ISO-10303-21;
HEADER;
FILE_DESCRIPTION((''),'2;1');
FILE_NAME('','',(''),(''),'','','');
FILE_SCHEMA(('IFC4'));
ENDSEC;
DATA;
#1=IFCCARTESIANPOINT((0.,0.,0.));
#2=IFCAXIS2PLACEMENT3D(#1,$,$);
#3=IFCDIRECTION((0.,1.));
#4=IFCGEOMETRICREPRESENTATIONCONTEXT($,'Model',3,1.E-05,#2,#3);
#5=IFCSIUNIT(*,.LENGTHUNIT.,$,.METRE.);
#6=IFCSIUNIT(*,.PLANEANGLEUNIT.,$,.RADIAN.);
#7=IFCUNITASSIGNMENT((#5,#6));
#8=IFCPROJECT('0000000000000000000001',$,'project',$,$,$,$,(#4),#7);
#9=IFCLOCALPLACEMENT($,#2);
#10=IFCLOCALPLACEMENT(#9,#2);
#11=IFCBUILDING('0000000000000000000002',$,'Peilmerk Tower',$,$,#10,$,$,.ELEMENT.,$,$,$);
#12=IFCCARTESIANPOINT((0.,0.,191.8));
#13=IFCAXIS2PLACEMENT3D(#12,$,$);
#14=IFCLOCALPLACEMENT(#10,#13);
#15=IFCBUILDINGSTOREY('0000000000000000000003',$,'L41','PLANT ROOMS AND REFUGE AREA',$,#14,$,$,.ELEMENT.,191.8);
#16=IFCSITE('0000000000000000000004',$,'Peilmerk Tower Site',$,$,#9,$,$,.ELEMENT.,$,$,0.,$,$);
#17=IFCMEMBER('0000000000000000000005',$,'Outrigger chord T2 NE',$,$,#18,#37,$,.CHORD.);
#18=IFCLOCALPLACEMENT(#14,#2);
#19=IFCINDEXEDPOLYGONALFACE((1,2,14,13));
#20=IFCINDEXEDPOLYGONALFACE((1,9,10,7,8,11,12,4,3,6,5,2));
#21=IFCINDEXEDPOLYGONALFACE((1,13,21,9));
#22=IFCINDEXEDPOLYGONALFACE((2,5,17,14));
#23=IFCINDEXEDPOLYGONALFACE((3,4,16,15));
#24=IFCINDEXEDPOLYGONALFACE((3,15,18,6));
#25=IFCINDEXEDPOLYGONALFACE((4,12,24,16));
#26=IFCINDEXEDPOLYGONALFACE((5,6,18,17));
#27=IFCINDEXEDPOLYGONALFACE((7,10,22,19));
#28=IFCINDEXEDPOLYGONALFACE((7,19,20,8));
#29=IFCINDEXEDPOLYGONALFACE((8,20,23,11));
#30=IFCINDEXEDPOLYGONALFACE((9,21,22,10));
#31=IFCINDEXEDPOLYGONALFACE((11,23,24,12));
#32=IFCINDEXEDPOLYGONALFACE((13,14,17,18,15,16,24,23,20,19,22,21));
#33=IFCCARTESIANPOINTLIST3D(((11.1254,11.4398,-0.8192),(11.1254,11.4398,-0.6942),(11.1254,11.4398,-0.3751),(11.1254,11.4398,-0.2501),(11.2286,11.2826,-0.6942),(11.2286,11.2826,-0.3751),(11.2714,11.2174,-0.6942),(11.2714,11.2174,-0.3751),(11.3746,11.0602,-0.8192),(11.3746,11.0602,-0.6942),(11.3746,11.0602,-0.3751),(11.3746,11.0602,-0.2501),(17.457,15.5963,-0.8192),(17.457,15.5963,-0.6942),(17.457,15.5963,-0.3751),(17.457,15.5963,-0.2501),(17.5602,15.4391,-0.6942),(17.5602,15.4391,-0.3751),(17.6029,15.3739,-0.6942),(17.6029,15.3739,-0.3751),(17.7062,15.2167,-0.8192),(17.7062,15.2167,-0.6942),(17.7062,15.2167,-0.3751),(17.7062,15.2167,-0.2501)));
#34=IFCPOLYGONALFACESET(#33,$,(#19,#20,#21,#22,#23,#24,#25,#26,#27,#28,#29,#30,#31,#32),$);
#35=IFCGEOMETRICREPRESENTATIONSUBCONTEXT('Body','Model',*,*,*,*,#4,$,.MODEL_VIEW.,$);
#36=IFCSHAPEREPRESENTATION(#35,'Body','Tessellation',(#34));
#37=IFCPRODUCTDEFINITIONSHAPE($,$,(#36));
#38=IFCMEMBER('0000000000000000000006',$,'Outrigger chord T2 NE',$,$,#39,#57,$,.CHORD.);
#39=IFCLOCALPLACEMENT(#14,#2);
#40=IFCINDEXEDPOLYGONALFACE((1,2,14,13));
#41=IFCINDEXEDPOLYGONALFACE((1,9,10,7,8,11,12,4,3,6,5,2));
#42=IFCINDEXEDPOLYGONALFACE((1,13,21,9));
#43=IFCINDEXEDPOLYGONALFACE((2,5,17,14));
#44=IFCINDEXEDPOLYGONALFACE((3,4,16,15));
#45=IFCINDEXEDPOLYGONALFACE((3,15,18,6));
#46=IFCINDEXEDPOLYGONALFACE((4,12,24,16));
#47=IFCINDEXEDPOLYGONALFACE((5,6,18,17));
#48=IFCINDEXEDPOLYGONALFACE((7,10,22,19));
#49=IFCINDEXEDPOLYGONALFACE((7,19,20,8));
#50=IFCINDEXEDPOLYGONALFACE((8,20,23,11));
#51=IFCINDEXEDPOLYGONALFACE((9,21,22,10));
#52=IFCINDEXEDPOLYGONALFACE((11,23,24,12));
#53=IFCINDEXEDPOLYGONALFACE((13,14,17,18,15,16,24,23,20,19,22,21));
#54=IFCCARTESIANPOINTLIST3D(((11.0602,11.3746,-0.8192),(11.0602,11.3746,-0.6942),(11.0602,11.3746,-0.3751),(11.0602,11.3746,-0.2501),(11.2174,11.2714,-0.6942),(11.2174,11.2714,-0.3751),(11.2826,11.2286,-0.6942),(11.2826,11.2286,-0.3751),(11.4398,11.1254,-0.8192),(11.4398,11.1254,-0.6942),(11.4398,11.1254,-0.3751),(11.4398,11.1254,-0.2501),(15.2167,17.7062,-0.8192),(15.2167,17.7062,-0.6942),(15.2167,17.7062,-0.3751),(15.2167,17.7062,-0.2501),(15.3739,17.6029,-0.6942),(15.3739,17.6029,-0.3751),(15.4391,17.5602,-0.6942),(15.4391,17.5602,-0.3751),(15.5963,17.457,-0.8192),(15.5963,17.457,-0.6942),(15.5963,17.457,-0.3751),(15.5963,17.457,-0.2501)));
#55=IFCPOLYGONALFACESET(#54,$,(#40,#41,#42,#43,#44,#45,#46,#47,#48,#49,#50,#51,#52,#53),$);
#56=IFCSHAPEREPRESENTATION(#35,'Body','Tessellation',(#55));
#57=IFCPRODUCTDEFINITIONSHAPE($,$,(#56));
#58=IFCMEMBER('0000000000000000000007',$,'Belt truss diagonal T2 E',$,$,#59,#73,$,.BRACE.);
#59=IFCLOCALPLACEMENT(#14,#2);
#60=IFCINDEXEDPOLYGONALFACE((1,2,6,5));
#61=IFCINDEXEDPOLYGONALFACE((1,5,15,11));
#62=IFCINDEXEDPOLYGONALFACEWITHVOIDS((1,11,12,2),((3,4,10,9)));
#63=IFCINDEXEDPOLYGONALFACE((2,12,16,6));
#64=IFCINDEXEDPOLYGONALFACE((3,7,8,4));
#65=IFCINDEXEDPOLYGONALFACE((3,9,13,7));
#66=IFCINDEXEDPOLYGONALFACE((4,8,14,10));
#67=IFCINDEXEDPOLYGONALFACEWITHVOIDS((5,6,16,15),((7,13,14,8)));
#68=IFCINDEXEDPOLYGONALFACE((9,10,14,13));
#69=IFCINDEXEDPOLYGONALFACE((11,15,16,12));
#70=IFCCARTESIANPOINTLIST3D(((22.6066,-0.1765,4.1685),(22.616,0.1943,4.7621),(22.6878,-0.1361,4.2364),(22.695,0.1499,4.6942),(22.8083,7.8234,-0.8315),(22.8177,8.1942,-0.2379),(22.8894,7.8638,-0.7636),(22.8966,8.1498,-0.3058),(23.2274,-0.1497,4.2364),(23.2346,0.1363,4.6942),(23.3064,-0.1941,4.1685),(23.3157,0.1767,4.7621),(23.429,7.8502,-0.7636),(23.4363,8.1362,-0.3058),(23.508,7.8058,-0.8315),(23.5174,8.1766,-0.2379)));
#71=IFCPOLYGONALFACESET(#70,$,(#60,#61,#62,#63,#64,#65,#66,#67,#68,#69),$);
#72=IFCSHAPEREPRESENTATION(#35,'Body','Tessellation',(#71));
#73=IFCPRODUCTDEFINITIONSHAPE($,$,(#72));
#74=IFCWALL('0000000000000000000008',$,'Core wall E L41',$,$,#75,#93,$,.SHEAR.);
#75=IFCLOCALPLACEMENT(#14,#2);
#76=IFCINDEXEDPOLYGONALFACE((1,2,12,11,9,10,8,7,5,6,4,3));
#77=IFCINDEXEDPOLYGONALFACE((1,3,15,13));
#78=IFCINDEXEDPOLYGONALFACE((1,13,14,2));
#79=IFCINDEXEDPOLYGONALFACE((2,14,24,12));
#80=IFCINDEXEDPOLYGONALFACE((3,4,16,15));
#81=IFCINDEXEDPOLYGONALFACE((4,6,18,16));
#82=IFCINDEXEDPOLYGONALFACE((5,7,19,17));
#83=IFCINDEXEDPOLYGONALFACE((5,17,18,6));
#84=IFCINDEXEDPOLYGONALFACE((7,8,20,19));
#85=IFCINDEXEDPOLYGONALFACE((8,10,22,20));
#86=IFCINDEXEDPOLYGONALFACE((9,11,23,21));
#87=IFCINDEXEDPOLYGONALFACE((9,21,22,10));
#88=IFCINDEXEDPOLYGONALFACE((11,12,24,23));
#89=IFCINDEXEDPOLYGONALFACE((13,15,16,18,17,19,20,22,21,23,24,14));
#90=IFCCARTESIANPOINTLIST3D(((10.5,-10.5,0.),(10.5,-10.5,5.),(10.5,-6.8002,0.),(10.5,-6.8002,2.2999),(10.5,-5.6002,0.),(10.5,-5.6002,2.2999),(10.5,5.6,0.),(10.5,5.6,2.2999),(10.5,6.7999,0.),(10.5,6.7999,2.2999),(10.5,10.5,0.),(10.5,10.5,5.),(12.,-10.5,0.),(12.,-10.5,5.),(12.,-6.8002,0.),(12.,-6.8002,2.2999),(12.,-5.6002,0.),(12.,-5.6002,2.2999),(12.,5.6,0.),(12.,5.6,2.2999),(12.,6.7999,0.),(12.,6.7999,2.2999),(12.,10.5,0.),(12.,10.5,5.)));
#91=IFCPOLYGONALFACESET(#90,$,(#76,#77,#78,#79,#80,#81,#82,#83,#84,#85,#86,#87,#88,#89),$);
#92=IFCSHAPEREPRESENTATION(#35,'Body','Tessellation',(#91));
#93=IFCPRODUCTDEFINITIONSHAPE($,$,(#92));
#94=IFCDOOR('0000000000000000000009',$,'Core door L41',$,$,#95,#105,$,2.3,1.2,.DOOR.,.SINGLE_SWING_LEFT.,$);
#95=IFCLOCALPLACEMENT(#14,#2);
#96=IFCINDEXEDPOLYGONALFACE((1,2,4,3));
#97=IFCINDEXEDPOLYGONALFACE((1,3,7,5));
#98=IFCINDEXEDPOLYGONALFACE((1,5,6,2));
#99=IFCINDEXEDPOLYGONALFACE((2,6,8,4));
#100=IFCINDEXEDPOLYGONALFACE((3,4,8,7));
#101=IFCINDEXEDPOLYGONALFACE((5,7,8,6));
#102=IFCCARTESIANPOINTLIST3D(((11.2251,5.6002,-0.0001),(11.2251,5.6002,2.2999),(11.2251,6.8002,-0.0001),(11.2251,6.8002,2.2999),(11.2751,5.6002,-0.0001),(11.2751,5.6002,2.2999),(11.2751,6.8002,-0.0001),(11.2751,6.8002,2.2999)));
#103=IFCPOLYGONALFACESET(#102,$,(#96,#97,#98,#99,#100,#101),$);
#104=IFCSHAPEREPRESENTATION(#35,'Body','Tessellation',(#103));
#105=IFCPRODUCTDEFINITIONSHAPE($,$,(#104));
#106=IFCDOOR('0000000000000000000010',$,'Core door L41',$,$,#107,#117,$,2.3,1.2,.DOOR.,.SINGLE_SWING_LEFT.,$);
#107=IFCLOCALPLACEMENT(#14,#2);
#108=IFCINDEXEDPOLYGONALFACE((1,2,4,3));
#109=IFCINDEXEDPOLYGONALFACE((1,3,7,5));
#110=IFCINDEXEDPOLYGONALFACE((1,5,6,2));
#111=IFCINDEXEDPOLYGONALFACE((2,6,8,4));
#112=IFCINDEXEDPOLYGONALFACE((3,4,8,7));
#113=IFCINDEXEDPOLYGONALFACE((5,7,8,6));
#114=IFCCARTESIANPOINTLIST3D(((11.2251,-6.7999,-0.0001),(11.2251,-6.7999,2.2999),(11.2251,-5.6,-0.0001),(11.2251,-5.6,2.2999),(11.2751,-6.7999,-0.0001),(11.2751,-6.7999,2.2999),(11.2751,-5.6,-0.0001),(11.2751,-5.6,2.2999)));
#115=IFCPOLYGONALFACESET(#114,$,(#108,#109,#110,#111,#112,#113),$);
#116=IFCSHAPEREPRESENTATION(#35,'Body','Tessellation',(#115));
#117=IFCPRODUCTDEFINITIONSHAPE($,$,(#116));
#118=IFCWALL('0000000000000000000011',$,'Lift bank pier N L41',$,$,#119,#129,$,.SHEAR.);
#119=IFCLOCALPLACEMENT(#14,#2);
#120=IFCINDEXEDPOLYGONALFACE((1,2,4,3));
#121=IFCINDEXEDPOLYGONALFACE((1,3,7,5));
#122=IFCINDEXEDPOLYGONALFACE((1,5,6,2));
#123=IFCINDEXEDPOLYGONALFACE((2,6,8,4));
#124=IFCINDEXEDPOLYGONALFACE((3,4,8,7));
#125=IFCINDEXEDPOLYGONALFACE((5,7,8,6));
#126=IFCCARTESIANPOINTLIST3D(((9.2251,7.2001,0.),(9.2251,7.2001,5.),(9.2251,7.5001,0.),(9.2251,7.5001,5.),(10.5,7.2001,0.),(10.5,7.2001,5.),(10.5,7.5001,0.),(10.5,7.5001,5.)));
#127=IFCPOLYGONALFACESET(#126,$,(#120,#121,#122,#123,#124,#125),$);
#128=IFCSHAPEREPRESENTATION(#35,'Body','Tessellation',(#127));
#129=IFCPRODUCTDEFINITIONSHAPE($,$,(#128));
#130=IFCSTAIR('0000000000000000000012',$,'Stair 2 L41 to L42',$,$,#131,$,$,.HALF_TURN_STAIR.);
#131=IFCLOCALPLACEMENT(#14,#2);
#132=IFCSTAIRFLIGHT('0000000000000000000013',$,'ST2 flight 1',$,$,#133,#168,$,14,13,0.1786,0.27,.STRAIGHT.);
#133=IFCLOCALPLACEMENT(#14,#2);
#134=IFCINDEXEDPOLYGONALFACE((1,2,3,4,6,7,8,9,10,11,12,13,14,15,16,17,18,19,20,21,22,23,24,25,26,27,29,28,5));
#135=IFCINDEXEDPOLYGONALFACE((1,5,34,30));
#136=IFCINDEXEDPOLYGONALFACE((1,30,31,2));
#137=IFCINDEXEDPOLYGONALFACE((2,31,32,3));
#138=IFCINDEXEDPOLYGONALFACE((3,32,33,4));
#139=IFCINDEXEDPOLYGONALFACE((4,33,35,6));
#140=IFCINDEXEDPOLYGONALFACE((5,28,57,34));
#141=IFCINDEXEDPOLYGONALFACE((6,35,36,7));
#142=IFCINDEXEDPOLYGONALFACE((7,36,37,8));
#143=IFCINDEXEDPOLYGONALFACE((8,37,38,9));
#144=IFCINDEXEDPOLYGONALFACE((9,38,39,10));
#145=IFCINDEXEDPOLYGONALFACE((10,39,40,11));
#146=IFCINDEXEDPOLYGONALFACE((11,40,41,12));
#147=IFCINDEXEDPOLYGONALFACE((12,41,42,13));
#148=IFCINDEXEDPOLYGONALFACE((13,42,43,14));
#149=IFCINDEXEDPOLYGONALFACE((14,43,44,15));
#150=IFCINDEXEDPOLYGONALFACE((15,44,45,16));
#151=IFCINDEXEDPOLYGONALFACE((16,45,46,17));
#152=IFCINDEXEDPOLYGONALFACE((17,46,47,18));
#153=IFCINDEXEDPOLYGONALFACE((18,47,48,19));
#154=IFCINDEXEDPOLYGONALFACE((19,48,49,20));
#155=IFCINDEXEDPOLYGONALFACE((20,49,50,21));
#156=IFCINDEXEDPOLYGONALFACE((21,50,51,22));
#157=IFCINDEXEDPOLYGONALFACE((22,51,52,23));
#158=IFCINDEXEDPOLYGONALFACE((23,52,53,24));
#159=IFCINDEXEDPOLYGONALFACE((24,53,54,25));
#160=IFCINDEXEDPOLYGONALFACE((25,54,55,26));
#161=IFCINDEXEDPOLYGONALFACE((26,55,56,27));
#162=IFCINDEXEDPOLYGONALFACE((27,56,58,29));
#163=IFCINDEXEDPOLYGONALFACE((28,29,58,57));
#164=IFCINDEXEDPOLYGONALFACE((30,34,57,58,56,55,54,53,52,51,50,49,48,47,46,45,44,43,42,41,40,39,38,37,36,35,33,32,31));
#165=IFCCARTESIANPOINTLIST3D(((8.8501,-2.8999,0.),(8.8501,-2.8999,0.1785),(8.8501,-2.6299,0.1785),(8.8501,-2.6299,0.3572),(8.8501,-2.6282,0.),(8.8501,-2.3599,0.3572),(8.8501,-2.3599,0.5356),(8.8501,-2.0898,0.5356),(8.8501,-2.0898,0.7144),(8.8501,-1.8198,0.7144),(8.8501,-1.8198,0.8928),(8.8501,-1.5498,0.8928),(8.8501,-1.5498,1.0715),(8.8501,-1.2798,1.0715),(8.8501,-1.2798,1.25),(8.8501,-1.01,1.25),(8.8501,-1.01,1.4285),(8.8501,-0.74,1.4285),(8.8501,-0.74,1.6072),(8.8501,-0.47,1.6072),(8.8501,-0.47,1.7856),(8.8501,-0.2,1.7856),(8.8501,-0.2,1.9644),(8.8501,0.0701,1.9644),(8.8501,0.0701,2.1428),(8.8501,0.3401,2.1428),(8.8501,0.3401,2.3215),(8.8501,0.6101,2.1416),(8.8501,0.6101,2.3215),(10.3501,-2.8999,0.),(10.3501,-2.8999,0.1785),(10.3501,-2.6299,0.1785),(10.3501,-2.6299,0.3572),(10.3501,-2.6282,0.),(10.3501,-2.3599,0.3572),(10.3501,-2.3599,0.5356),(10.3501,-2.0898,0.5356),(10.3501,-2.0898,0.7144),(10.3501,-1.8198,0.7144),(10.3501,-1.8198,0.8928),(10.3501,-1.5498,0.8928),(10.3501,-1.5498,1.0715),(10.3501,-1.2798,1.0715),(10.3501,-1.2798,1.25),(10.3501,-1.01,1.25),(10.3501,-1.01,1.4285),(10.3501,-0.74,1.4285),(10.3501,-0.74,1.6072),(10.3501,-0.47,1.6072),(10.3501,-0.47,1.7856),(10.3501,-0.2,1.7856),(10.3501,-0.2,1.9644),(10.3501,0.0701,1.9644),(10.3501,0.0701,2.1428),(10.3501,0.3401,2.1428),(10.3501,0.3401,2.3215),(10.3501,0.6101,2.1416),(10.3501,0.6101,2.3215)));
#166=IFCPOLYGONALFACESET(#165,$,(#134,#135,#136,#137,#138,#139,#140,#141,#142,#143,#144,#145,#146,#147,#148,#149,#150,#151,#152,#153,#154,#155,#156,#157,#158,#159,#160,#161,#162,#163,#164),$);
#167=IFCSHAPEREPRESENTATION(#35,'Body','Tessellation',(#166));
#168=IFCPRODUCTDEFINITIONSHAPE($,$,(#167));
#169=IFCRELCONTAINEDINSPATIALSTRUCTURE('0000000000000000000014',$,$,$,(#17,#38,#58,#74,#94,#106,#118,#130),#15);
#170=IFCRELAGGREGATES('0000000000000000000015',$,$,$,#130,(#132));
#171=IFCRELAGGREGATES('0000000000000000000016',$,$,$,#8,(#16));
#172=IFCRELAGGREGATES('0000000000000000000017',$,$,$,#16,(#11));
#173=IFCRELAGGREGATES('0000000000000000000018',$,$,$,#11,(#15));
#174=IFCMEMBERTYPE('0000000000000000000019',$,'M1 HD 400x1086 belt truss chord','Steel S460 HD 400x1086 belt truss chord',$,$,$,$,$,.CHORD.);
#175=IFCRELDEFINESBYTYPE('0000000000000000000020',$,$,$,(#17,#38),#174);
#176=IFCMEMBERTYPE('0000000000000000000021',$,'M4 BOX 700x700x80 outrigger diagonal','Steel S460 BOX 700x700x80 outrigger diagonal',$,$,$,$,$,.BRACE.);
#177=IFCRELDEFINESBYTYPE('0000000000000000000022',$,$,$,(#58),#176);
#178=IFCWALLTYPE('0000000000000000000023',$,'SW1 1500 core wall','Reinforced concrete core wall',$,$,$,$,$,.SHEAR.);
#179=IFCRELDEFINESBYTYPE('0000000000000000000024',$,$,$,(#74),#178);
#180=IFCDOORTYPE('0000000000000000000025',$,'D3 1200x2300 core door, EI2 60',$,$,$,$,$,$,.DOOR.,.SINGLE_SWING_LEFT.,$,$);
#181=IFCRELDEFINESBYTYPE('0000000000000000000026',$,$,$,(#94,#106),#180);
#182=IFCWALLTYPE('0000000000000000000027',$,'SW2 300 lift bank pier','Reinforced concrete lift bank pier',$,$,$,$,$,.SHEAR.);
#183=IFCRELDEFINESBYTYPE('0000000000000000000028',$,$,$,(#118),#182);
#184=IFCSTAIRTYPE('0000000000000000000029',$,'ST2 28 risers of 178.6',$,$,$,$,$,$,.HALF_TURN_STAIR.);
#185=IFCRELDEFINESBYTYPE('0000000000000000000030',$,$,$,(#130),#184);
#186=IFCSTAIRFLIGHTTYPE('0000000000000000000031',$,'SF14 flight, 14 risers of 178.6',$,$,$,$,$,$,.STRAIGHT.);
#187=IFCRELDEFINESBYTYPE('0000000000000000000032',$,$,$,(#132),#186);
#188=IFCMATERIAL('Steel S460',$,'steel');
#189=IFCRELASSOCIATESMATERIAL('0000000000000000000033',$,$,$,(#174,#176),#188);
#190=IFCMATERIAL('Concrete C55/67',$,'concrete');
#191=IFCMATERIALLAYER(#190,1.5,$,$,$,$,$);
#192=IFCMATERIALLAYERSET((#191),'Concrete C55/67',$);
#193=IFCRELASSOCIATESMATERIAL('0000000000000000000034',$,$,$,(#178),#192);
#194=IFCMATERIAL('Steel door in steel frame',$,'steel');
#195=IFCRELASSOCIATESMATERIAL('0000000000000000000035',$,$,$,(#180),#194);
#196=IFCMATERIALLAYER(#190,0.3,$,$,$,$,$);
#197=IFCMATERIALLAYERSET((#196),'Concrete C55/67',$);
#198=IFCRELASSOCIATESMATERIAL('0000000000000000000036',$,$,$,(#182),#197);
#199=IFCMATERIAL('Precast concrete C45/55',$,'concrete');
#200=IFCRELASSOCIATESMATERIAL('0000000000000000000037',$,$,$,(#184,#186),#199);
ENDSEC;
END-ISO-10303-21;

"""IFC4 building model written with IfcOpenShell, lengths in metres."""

from ifc_helpers import new_model, si_unit, direction, frame, frame_2d, origin, origin_2d, place, context, subcontext, project, spatial, polyline, rectangle, hollow_rectangle, i_section, outline, extrude, material, layer, layer_set, material_profile, profile_set, type_object, element, fill, aggregate, save


model = new_model("IFC4")

# Units and contexts
model_context = context("Model", 3, precision=1e-05, world=origin(), true_north=direction((0.0, 1.0)))
body_context = subcontext(model_context, "Body", "Model", "MODEL_VIEW")
ifc_project = project(units=[si_unit("LENGTHUNIT", "METRE"), si_unit("PLANEANGLEUNIT", "RADIAN")], contexts=[model_context])

# Site, building, storey
site_placement = place(None, origin())
site = spatial("IfcSite", under=ifc_project, at=site_placement, Name="Peilmerk Tower Site", CompositionType="ELEMENT", RefElevation=0.0)
building_placement = place(site_placement, origin())
building = spatial("IfcBuilding", under=site, at=building_placement, Name="Peilmerk Tower", CompositionType="ELEMENT")
storey_placement = place(building_placement, frame((0.0, 0.0, 191.8)))
storey = spatial("IfcBuildingStorey", under=building, at=storey_placement, Name="L41", Description="PLANT ROOMS AND REFUGE AREA", CompositionType="ELEMENT", Elevation=191.8)

# Shared definitions
ifc_material_1 = material(Name="Steel S460", Category="steel")

# Members
ifc_material_profile_1 = material_profile(ifc_material_1, i_section(OverallWidth=0.4541, OverallDepth=0.5691, WebThickness=0.0779, FlangeThickness=0.125, at=origin_2d()), Name="HD 400x1086")
ifc_profile_set_1 = profile_set([ifc_material_profile_1], Name="Steel S460")
member_type_1 = type_object("IfcMemberType", Name="M1 HD 400x1086 belt truss chord", Description="Steel S460 HD 400x1086 belt truss chord", PredefinedType="CHORD", material=ifc_profile_set_1)
for number, where, z_axis, x_axis, name in (
    (1, (11.25, 11.25, -0.5347), (0.835962, 0.548787, 0.0), (-0.548787, 0.835962, 0.0), "Outrigger chord T2 NE"),
    (2, (11.25, 11.25, -0.5347), (0.548787, 0.835962, 0.0), (-0.835962, 0.548787, 0.0), "Outrigger chord T2 NE"),
):
    element("IfcMember", number, at=place(storey_placement, frame(where, z_axis=z_axis, x_axis=x_axis)), inside=storey, type_object=member_type_1, Name=name, PredefinedType="CHORD", context=body_context, shape_type="SweptSolid", body=[
        extrude(i_section(OverallWidth=0.4541, OverallDepth=0.5691, WebThickness=0.0779, FlangeThickness=0.125, at=origin_2d()), origin(), (0.0, 0.0, 1.0), 7.574),
    ])
ifc_material_profile_2 = material_profile(ifc_material_1, hollow_rectangle(XDim=0.7, YDim=0.7, WallThickness=0.0801, at=origin_2d()), Name="BOX 700x700x80")
ifc_profile_set_2 = profile_set([ifc_material_profile_2], Name="Steel S460")
member_type_2 = type_object("IfcMemberType", Name="M4 BOX 700x700x80 outrigger diagonal", Description="Steel S460 BOX 700x700x80 outrigger diagonal", PredefinedType="BRACE", material=ifc_profile_set_2)
member_1_placement = place(storey_placement, frame((23.1628, 8.0, -0.5347), z_axis=(-0.021371, -0.847805, 0.529878), x_axis=(0.999682, -0.0252, 0.0)))
element("IfcMember", 3, at=member_1_placement, inside=storey, type_object=member_type_2, Name="Belt truss diagonal T2 E", PredefinedType="BRACE", context=body_context, shape_type="SweptSolid", body=[
    extrude(hollow_rectangle(XDim=0.7, YDim=0.7, WallThickness=0.0801, at=origin_2d()), origin(), (0.0, 0.0, 1.0), 9.436),
])

# Wall, openings, doors
ifc_material_2 = material(Name="Concrete C55/67", Category="concrete")
ifc_layer_1 = layer(ifc_material_2, 1.5)
ifc_layer_set_1 = layer_set([ifc_layer_1], Name="Concrete C55/67")
wall_type_1 = type_object("IfcWallType", Name="SW1 1500 core wall", Description="Reinforced concrete core wall", PredefinedType="SHEAR", material=ifc_layer_set_1)
wall_1_placement = place(storey_placement, frame((11.25, 10.5, 0.0), z_axis=(0.0, 0.0, 1.0), x_axis=(0.0, -1.0, 0.0)))
wall_1 = element("IfcWall", 4, at=wall_1_placement, inside=storey, type_object=wall_type_1, Name="Core wall E L41", PredefinedType="SHEAR", context=body_context, shape_type="SweptSolid", body=[
    extrude(rectangle(XDim=21.0, YDim=1.5, at=frame_2d((10.5, 0.0))), origin(), (0.0, 0.0, 1.0), 5.0),
])
opening_1_placement = place(wall_1_placement, frame((3.7, 0.0, 0.0)))
opening_1 = element("IfcOpeningElement", 5, at=opening_1_placement, cuts=wall_1, PredefinedType="OPENING", context=body_context, shape_type="SweptSolid", body=[
    extrude(rectangle(XDim=1.2, YDim=2.3, at=frame_2d((0.6001, 1.1499))), frame((0.0, 0.76, 0.0), z_axis=(0.0, -1.0, 0.0), x_axis=(1.0, 0.0, 0.0)), (0.0, 0.0, 1.0), 1.52),
])
opening_2_placement = place(wall_1_placement, frame((16.1001, 0.0, 0.0)))
opening_2 = element("IfcOpeningElement", 6, at=opening_2_placement, cuts=wall_1, PredefinedType="OPENING", context=body_context, shape_type="SweptSolid", body=[
    extrude(rectangle(XDim=1.2, YDim=2.3, at=frame_2d((0.6001, 1.1499))), frame((0.0, 0.76, 0.0), z_axis=(0.0, -1.0, 0.0), x_axis=(1.0, 0.0, 0.0)), (0.0, 0.0, 1.0), 1.52),
])
ifc_material_3 = material(Name="Steel door in steel frame", Category="steel")
door_type = type_object("IfcDoorType", Name="D3 1200x2300 core door, EI2 60", OperationType="SINGLE_SWING_LEFT", PredefinedType="DOOR", material=ifc_material_3)
door_1_placement = place(opening_1_placement, frame((1.2, 0.0, 0.0), z_axis=(0.0, 0.0, 1.0), x_axis=(-1.0, 0.0, 0.0)))
door_1 = element("IfcDoor", 7, at=door_1_placement, inside=storey, type_object=door_type, Name="Core door L41", OperationType="SINGLE_SWING_LEFT", OverallHeight=2.3, OverallWidth=1.2, PredefinedType="DOOR", context=body_context, shape_type="SweptSolid", body=[
    extrude(rectangle(XDim=1.2, YDim=2.3, at=frame_2d((0.6001, 1.1499))), frame((0.0, 0.0249, 0.0), z_axis=(0.0, -1.0, 0.0), x_axis=(1.0, 0.0, 0.0)), (0.0, 0.0, 1.0), 0.05),
])
fill(opening_1, door_1)
door_2_placement = place(opening_2_placement, frame((1.2, 0.0, 0.0), z_axis=(0.0, 0.0, 1.0), x_axis=(-1.0, 0.0, 0.0)))
door_2 = element("IfcDoor", 8, at=door_2_placement, inside=storey, type_object=door_type, Name="Core door L41", OperationType="SINGLE_SWING_LEFT", OverallHeight=2.3, OverallWidth=1.2, PredefinedType="DOOR", context=body_context, shape_type="SweptSolid", body=[
    extrude(rectangle(XDim=1.2, YDim=2.3, at=frame_2d((0.6001, 1.1499))), frame((0.0, 0.0249, 0.0), z_axis=(0.0, -1.0, 0.0), x_axis=(1.0, 0.0, 0.0)), (0.0, 0.0, 1.0), 0.05),
])
fill(opening_2, door_2)

# Wall
ifc_layer_2 = layer(ifc_material_2, 0.3)
ifc_layer_set_2 = layer_set([ifc_layer_2], Name="Concrete C55/67")
wall_type_2 = type_object("IfcWallType", Name="SW2 300 lift bank pier", Description="Reinforced concrete lift bank pier", PredefinedType="SHEAR", material=ifc_layer_set_2)
wall_2_placement = place(storey_placement, frame((9.2251, 7.3501, 0.0), z_axis=(0.0, 0.0, 1.0), x_axis=(1.0, 0.0, 0.0)))
element("IfcWall", 9, at=wall_2_placement, inside=storey, type_object=wall_type_2, Name="Lift bank pier N L41", PredefinedType="SHEAR", context=body_context, shape_type="SweptSolid", body=[
    extrude(rectangle(XDim=1.2749, YDim=0.3, at=frame_2d((0.6375, 0.0))), origin(), (0.0, 0.0, 1.0), 5.0),
])

# Stair, stair flight
ifc_material_4 = material(Name="Precast concrete C45/55", Category="concrete")
stair_type = type_object("IfcStairType", Name="ST2 28 risers of 178.6", PredefinedType="HALF_TURN_STAIR", material=ifc_material_4)
stair_placement = place(storey_placement, origin())
stair = element("IfcStair", 10, at=stair_placement, inside=storey, type_object=stair_type, Name="Stair 2 L41 to L42", PredefinedType="HALF_TURN_STAIR")
stair_flight_type = type_object("IfcStairFlightType", Name="SF14 flight, 14 risers of 178.6", PredefinedType="STRAIGHT", material=ifc_material_4)
stair_flight_placement = place(storey_placement, frame((9.6001, -2.8999, 0.0), z_axis=(0.0, 0.0, 1.0), x_axis=(0.0, 1.0, 0.0)))
stair_flight = element("IfcStairFlight", 11, at=stair_flight_placement, type_object=stair_flight_type, Name="ST2 flight 1", NumberOfRisers=14, NumberOfTreads=13, PredefinedType="STRAIGHT", RiserHeight=0.1786, TreadLength=0.27, context=body_context, shape_type="SweptSolid", body=[
    extrude(outline(polyline([(0.0, 0.0), (0.0, 0.1785), (0.27, 0.1785), (0.27, 0.3572), (0.54, 0.3572), (0.54, 0.5356), (0.8101, 0.5356), (0.8101, 0.7144), (1.0801, 0.7144), (1.0801, 0.8928), (1.3501, 0.8928), (1.3501, 1.0715), (1.6201, 1.0715), (1.6201, 1.25), (1.8899, 1.25), (1.8899, 1.4285), (2.1599, 1.4285), (2.1599, 1.6072), (2.4299, 1.6072), (2.4299, 1.7856), (2.7, 1.7856), (2.7, 1.9644), (2.97, 1.9644), (2.97, 2.1428), (3.24, 2.1428), (3.24, 2.3215), (3.51, 2.3215), (3.51, 2.5), (3.51, 2.1416), (0.2717, 0.0), (0.0, 0.0)])), frame((0.0, 0.75, 0.0), z_axis=(0.0, -1.0, 0.0), x_axis=(1.0, 0.0, 0.0)), (0.0, 0.0, 1.0), 1.5),
])
aggregate(stair, [stair_flight])

save(model, "model.ifc")
